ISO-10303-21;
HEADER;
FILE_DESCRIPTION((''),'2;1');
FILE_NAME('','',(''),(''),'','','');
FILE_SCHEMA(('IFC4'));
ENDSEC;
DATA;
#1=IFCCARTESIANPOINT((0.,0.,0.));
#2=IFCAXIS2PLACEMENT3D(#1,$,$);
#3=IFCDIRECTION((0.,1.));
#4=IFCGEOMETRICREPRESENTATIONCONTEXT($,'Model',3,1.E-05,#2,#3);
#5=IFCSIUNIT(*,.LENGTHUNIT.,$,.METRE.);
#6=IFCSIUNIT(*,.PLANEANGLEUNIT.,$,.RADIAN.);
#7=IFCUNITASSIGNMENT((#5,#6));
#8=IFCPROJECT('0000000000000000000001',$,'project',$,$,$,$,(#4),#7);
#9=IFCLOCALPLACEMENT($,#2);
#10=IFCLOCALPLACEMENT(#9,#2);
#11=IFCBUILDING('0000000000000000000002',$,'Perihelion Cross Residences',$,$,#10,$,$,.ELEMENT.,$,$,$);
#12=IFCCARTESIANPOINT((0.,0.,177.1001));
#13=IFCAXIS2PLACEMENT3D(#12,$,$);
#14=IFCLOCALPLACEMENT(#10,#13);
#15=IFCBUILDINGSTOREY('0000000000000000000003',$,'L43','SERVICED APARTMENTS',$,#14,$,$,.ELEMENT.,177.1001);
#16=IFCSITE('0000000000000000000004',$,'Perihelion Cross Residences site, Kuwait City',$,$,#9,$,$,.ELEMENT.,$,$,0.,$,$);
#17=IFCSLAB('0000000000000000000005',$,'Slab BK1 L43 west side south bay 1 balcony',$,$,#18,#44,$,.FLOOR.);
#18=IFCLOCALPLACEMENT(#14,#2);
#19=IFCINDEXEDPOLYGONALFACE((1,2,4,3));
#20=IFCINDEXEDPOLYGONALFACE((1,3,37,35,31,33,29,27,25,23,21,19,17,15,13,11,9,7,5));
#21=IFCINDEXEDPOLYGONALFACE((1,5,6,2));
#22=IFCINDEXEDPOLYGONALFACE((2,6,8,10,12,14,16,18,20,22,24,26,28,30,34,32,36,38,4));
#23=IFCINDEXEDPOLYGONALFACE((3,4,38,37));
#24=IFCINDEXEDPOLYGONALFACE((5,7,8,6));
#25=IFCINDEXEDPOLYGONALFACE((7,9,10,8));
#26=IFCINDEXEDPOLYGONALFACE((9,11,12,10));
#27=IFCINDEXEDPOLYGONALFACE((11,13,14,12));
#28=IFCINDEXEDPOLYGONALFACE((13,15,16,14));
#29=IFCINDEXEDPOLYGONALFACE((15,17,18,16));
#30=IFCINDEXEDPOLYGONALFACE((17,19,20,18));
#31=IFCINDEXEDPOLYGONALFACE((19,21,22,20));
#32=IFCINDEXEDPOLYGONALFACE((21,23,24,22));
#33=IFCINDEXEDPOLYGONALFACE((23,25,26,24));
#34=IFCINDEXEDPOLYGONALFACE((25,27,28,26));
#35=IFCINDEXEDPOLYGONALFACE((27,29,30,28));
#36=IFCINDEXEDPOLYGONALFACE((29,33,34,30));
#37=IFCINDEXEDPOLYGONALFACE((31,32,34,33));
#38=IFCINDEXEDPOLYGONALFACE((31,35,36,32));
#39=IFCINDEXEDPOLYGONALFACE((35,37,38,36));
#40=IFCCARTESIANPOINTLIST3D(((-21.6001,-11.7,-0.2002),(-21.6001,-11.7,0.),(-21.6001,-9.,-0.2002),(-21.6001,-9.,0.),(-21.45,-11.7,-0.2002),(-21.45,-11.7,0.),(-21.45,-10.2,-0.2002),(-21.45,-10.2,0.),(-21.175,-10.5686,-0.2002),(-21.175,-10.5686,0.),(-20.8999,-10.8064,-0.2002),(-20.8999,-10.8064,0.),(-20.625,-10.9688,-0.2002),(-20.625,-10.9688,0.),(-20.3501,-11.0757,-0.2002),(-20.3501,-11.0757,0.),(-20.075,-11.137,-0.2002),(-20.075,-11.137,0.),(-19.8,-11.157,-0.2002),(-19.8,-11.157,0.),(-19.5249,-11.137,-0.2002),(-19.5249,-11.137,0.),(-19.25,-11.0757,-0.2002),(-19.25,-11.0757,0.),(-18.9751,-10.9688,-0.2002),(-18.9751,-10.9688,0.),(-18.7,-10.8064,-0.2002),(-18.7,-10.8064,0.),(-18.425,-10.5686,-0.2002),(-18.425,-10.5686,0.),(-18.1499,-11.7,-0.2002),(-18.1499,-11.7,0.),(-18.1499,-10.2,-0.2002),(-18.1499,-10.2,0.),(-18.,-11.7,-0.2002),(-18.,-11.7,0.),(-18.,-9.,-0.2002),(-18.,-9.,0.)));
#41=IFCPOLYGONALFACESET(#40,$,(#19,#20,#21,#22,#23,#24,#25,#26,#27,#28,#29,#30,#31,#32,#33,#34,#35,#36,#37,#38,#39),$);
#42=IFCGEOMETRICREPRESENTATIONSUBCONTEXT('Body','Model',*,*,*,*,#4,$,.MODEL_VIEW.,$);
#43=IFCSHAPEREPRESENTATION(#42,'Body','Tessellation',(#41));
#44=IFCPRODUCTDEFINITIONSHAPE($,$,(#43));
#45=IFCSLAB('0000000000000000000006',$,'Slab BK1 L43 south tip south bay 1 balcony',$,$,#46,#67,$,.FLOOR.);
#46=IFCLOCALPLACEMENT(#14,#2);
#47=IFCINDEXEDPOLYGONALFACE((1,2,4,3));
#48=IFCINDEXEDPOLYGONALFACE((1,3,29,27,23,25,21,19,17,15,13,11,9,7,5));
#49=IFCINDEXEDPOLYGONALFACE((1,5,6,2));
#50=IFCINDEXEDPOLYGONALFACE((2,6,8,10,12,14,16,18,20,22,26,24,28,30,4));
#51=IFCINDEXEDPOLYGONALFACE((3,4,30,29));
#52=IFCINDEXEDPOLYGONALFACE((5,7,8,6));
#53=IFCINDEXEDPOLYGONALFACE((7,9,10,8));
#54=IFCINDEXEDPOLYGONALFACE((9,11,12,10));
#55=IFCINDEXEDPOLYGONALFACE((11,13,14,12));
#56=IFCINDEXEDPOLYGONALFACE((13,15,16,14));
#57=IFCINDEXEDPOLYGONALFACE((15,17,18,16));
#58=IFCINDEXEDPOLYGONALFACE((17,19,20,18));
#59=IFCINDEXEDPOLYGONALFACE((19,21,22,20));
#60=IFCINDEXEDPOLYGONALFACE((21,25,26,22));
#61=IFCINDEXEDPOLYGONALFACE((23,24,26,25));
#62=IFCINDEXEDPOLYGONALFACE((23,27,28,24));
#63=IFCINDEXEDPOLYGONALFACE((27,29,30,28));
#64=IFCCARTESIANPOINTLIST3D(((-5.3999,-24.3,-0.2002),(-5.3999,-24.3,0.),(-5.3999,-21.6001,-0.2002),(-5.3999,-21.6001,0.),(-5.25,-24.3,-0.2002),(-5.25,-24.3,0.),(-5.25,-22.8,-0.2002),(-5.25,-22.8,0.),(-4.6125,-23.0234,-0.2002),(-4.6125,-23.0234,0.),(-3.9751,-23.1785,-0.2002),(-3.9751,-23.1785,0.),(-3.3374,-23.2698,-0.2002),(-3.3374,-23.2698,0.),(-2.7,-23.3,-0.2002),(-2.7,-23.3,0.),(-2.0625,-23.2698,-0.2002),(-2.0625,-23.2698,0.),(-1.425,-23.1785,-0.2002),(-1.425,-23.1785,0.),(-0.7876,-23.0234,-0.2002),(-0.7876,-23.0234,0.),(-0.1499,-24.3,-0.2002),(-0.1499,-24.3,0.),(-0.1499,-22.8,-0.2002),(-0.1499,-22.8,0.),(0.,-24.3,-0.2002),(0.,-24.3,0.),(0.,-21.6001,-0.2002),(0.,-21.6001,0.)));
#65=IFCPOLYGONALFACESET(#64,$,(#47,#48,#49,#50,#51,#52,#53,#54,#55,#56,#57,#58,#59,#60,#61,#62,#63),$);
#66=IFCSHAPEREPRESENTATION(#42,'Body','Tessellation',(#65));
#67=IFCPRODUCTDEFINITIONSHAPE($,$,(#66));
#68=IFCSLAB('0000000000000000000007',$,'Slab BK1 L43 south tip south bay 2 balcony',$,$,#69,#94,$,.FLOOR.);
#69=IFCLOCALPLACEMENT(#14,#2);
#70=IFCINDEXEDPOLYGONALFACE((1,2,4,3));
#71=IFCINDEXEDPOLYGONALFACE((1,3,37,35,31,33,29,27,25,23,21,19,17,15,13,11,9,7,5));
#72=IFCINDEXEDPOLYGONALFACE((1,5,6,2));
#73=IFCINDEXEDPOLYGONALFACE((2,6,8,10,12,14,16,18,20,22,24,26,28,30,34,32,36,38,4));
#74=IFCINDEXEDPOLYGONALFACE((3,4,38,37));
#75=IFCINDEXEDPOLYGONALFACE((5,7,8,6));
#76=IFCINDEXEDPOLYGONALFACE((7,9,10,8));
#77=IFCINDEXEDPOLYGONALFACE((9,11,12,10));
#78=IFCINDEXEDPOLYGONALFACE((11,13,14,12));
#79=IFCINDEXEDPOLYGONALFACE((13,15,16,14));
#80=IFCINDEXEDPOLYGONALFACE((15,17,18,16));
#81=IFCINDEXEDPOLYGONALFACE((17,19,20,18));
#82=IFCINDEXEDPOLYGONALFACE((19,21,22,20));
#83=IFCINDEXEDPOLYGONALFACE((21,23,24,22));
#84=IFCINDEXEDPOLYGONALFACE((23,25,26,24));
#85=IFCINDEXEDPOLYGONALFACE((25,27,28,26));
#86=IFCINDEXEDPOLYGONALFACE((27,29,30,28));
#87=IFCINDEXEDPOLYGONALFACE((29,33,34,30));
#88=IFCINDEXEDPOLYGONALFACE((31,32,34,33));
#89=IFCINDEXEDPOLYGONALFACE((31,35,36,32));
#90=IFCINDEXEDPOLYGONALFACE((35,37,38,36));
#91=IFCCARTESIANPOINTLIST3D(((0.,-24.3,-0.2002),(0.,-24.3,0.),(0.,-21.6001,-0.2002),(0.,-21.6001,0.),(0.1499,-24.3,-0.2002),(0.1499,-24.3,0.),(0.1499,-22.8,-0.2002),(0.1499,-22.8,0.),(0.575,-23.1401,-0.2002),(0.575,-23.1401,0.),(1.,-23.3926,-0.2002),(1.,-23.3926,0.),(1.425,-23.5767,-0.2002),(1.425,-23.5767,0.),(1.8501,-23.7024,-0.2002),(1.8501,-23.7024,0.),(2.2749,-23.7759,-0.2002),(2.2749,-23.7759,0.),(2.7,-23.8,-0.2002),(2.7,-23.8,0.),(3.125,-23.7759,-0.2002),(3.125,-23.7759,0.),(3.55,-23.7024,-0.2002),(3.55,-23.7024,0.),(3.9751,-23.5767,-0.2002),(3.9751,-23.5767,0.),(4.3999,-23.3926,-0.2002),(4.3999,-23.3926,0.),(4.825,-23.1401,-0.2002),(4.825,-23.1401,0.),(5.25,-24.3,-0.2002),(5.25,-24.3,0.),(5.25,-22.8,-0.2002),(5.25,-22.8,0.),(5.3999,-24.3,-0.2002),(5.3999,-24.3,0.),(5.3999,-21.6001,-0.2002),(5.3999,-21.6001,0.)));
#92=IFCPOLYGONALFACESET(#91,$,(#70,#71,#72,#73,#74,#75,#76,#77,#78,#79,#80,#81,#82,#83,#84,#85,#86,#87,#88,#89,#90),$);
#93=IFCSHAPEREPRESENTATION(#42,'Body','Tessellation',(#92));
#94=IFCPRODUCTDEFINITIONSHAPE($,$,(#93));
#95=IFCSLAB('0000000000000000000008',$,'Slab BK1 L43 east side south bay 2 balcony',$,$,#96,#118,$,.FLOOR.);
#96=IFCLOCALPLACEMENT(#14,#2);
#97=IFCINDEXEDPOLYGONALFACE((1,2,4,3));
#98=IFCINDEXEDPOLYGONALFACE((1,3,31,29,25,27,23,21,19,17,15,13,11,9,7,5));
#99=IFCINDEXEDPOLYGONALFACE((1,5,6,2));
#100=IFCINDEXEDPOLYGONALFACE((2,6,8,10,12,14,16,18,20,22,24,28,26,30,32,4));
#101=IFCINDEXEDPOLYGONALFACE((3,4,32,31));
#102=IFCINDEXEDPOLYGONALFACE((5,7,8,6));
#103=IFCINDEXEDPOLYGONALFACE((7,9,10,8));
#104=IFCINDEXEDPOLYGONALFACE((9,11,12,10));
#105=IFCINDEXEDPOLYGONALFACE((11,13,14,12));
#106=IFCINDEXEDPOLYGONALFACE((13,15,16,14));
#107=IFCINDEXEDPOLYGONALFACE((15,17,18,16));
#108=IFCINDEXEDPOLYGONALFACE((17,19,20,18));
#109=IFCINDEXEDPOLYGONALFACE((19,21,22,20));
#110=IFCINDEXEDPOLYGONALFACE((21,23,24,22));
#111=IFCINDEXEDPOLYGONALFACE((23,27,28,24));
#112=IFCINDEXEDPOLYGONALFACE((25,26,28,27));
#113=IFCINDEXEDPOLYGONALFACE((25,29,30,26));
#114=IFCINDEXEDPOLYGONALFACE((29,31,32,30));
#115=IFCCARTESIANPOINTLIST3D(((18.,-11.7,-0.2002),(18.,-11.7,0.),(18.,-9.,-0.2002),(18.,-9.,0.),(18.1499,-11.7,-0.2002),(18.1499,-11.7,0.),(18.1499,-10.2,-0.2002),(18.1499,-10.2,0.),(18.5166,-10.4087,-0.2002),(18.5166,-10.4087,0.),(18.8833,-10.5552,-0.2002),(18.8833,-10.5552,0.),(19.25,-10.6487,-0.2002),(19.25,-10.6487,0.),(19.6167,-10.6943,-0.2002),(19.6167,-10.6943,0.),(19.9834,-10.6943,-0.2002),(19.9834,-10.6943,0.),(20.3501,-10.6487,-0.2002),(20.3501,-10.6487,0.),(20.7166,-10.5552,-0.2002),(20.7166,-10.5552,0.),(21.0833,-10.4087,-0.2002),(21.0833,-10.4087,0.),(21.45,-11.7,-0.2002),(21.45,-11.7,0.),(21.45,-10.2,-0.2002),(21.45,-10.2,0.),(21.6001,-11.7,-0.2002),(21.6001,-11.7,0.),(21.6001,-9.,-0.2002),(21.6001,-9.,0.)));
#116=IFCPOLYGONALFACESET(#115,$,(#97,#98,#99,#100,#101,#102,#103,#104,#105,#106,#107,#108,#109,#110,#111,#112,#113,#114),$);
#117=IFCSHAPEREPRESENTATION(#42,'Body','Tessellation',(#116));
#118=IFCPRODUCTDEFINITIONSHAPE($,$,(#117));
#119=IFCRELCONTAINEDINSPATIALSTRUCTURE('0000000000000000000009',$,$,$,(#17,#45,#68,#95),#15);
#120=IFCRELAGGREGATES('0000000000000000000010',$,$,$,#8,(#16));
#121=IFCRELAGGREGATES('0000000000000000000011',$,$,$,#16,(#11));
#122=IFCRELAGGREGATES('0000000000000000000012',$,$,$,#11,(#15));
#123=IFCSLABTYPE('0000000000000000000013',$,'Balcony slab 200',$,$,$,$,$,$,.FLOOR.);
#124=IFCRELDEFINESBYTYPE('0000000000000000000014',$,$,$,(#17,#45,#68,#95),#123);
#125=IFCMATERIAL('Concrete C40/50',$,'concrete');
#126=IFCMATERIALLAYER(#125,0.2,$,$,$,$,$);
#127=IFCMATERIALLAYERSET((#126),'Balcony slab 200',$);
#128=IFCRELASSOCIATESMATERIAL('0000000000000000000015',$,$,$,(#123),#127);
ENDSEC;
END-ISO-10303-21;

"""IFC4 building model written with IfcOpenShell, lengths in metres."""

from ifc_helpers import new_model, si_unit, direction, frame, origin, place, context, subcontext, project, spatial, polyline, outline, extrude, material, layer, layer_set, type_object, element, save


model = new_model("IFC4")

# Units and contexts
model_context = context("Model", 3, precision=1e-05, world=origin(), true_north=direction((0.0, 1.0)))
body_context = subcontext(model_context, "Body", "Model", "MODEL_VIEW")
ifc_project = project(units=[si_unit("LENGTHUNIT", "METRE"), si_unit("PLANEANGLEUNIT", "RADIAN")], contexts=[model_context])

# Site, building, storey
site_placement = place(None, origin())
site = spatial("IfcSite", under=ifc_project, at=site_placement, Name="Perihelion Cross Residences site, Kuwait City", CompositionType="ELEMENT", RefElevation=0.0)
building_placement = place(site_placement, origin())
building = spatial("IfcBuilding", under=site, at=building_placement, Name="Perihelion Cross Residences", CompositionType="ELEMENT")
storey_placement = place(building_placement, frame((0.0, 0.0, 177.1001)))
storey = spatial("IfcBuildingStorey", under=building, at=storey_placement, Name="L43", Description="SERVICED APARTMENTS", CompositionType="ELEMENT", Elevation=177.1001)

# Slabs
ifc_material_1 = material(Name="Concrete C40/50", Category="concrete")
ifc_layer_1 = layer(ifc_material_1, 0.2)
ifc_layer_set_1 = layer_set([ifc_layer_1], Name="Balcony slab 200")
slab_type_1 = type_object("IfcSlabType", Name="Balcony slab 200", PredefinedType="FLOOR", material=ifc_layer_set_1)
slab_1_placement = place(storey_placement, frame((0.0, 0.0, -0.2002)))
element("IfcSlab", 1, at=slab_1_placement, inside=storey, type_object=slab_type_1, Name="Slab BK1 L43 west side south bay 1 balcony", PredefinedType="FLOOR", context=body_context, shape_type="SweptSolid", body=[
    extrude(outline(polyline([(-21.6001, -9.0), (-18.0, -9.0), (-18.0, -11.7), (-18.1499, -11.7), (-18.1499, -10.2), (-18.425, -10.5686), (-18.7, -10.8064), (-18.9751, -10.9688), (-19.25, -11.0757), (-19.5249, -11.137), (-19.8, -11.157), (-20.075, -11.137), (-20.3501, -11.0757), (-20.625, -10.9688), (-20.8999, -10.8064), (-21.175, -10.5686), (-21.45, -10.2), (-21.45, -11.7), (-21.6001, -11.7), (-21.6001, -9.0)])), origin(), (0.0, 0.0, 1.0), 0.2002),
])
slab_2_placement = place(storey_placement, frame((0.0, 0.0, -0.2002)))
element("IfcSlab", 2, at=slab_2_placement, inside=storey, type_object=slab_type_1, Name="Slab BK1 L43 south tip south bay 1 balcony", PredefinedType="FLOOR", context=body_context, shape_type="SweptSolid", body=[
    extrude(outline(polyline([(-5.3999, -21.6001), (0.0, -21.6001), (0.0, -24.3), (-0.1499, -24.3), (-0.1499, -22.8), (-0.7876, -23.0234), (-1.425, -23.1785), (-2.0625, -23.2698), (-2.7, -23.3), (-3.3374, -23.2698), (-3.9751, -23.1785), (-4.6125, -23.0234), (-5.25, -22.8), (-5.25, -24.3), (-5.3999, -24.3), (-5.3999, -21.6001)])), origin(), (0.0, 0.0, 1.0), 0.2002),
])
slab_3_placement = place(storey_placement, frame((0.0, 0.0, -0.2002)))
element("IfcSlab", 3, at=slab_3_placement, inside=storey, type_object=slab_type_1, Name="Slab BK1 L43 south tip south bay 2 balcony", PredefinedType="FLOOR", context=body_context, shape_type="SweptSolid", body=[
    extrude(outline(polyline([(0.0, -21.6001), (5.3999, -21.6001), (5.3999, -24.3), (5.25, -24.3), (5.25, -22.8), (4.825, -23.1401), (4.3999, -23.3926), (3.9751, -23.5767), (3.55, -23.7024), (3.125, -23.7759), (2.7, -23.8), (2.2749, -23.7759), (1.8501, -23.7024), (1.425, -23.5767), (1.0, -23.3926), (0.575, -23.1401), (0.1499, -22.8), (0.1499, -24.3), (0.0, -24.3), (0.0, -21.6001)])), origin(), (0.0, 0.0, 1.0), 0.2002),
])
slab_4_placement = place(storey_placement, frame((0.0, 0.0, -0.2002)))
element("IfcSlab", 4, at=slab_4_placement, inside=storey, type_object=slab_type_1, Name="Slab BK1 L43 east side south bay 2 balcony", PredefinedType="FLOOR", context=body_context, shape_type="SweptSolid", body=[
    extrude(outline(polyline([(18.0, -9.0), (21.6001, -9.0), (21.6001, -11.7), (21.45, -11.7), (21.45, -10.2), (21.0833, -10.4087), (20.7166, -10.5552), (20.3501, -10.6487), (19.9834, -10.6943), (19.6167, -10.6943), (19.25, -10.6487), (18.8833, -10.5552), (18.5166, -10.4087), (18.1499, -10.2), (18.1499, -11.7), (18.0, -11.7), (18.0, -9.0)])), origin(), (0.0, 0.0, 1.0), 0.2002),
])

save(model, "model.ifc")
